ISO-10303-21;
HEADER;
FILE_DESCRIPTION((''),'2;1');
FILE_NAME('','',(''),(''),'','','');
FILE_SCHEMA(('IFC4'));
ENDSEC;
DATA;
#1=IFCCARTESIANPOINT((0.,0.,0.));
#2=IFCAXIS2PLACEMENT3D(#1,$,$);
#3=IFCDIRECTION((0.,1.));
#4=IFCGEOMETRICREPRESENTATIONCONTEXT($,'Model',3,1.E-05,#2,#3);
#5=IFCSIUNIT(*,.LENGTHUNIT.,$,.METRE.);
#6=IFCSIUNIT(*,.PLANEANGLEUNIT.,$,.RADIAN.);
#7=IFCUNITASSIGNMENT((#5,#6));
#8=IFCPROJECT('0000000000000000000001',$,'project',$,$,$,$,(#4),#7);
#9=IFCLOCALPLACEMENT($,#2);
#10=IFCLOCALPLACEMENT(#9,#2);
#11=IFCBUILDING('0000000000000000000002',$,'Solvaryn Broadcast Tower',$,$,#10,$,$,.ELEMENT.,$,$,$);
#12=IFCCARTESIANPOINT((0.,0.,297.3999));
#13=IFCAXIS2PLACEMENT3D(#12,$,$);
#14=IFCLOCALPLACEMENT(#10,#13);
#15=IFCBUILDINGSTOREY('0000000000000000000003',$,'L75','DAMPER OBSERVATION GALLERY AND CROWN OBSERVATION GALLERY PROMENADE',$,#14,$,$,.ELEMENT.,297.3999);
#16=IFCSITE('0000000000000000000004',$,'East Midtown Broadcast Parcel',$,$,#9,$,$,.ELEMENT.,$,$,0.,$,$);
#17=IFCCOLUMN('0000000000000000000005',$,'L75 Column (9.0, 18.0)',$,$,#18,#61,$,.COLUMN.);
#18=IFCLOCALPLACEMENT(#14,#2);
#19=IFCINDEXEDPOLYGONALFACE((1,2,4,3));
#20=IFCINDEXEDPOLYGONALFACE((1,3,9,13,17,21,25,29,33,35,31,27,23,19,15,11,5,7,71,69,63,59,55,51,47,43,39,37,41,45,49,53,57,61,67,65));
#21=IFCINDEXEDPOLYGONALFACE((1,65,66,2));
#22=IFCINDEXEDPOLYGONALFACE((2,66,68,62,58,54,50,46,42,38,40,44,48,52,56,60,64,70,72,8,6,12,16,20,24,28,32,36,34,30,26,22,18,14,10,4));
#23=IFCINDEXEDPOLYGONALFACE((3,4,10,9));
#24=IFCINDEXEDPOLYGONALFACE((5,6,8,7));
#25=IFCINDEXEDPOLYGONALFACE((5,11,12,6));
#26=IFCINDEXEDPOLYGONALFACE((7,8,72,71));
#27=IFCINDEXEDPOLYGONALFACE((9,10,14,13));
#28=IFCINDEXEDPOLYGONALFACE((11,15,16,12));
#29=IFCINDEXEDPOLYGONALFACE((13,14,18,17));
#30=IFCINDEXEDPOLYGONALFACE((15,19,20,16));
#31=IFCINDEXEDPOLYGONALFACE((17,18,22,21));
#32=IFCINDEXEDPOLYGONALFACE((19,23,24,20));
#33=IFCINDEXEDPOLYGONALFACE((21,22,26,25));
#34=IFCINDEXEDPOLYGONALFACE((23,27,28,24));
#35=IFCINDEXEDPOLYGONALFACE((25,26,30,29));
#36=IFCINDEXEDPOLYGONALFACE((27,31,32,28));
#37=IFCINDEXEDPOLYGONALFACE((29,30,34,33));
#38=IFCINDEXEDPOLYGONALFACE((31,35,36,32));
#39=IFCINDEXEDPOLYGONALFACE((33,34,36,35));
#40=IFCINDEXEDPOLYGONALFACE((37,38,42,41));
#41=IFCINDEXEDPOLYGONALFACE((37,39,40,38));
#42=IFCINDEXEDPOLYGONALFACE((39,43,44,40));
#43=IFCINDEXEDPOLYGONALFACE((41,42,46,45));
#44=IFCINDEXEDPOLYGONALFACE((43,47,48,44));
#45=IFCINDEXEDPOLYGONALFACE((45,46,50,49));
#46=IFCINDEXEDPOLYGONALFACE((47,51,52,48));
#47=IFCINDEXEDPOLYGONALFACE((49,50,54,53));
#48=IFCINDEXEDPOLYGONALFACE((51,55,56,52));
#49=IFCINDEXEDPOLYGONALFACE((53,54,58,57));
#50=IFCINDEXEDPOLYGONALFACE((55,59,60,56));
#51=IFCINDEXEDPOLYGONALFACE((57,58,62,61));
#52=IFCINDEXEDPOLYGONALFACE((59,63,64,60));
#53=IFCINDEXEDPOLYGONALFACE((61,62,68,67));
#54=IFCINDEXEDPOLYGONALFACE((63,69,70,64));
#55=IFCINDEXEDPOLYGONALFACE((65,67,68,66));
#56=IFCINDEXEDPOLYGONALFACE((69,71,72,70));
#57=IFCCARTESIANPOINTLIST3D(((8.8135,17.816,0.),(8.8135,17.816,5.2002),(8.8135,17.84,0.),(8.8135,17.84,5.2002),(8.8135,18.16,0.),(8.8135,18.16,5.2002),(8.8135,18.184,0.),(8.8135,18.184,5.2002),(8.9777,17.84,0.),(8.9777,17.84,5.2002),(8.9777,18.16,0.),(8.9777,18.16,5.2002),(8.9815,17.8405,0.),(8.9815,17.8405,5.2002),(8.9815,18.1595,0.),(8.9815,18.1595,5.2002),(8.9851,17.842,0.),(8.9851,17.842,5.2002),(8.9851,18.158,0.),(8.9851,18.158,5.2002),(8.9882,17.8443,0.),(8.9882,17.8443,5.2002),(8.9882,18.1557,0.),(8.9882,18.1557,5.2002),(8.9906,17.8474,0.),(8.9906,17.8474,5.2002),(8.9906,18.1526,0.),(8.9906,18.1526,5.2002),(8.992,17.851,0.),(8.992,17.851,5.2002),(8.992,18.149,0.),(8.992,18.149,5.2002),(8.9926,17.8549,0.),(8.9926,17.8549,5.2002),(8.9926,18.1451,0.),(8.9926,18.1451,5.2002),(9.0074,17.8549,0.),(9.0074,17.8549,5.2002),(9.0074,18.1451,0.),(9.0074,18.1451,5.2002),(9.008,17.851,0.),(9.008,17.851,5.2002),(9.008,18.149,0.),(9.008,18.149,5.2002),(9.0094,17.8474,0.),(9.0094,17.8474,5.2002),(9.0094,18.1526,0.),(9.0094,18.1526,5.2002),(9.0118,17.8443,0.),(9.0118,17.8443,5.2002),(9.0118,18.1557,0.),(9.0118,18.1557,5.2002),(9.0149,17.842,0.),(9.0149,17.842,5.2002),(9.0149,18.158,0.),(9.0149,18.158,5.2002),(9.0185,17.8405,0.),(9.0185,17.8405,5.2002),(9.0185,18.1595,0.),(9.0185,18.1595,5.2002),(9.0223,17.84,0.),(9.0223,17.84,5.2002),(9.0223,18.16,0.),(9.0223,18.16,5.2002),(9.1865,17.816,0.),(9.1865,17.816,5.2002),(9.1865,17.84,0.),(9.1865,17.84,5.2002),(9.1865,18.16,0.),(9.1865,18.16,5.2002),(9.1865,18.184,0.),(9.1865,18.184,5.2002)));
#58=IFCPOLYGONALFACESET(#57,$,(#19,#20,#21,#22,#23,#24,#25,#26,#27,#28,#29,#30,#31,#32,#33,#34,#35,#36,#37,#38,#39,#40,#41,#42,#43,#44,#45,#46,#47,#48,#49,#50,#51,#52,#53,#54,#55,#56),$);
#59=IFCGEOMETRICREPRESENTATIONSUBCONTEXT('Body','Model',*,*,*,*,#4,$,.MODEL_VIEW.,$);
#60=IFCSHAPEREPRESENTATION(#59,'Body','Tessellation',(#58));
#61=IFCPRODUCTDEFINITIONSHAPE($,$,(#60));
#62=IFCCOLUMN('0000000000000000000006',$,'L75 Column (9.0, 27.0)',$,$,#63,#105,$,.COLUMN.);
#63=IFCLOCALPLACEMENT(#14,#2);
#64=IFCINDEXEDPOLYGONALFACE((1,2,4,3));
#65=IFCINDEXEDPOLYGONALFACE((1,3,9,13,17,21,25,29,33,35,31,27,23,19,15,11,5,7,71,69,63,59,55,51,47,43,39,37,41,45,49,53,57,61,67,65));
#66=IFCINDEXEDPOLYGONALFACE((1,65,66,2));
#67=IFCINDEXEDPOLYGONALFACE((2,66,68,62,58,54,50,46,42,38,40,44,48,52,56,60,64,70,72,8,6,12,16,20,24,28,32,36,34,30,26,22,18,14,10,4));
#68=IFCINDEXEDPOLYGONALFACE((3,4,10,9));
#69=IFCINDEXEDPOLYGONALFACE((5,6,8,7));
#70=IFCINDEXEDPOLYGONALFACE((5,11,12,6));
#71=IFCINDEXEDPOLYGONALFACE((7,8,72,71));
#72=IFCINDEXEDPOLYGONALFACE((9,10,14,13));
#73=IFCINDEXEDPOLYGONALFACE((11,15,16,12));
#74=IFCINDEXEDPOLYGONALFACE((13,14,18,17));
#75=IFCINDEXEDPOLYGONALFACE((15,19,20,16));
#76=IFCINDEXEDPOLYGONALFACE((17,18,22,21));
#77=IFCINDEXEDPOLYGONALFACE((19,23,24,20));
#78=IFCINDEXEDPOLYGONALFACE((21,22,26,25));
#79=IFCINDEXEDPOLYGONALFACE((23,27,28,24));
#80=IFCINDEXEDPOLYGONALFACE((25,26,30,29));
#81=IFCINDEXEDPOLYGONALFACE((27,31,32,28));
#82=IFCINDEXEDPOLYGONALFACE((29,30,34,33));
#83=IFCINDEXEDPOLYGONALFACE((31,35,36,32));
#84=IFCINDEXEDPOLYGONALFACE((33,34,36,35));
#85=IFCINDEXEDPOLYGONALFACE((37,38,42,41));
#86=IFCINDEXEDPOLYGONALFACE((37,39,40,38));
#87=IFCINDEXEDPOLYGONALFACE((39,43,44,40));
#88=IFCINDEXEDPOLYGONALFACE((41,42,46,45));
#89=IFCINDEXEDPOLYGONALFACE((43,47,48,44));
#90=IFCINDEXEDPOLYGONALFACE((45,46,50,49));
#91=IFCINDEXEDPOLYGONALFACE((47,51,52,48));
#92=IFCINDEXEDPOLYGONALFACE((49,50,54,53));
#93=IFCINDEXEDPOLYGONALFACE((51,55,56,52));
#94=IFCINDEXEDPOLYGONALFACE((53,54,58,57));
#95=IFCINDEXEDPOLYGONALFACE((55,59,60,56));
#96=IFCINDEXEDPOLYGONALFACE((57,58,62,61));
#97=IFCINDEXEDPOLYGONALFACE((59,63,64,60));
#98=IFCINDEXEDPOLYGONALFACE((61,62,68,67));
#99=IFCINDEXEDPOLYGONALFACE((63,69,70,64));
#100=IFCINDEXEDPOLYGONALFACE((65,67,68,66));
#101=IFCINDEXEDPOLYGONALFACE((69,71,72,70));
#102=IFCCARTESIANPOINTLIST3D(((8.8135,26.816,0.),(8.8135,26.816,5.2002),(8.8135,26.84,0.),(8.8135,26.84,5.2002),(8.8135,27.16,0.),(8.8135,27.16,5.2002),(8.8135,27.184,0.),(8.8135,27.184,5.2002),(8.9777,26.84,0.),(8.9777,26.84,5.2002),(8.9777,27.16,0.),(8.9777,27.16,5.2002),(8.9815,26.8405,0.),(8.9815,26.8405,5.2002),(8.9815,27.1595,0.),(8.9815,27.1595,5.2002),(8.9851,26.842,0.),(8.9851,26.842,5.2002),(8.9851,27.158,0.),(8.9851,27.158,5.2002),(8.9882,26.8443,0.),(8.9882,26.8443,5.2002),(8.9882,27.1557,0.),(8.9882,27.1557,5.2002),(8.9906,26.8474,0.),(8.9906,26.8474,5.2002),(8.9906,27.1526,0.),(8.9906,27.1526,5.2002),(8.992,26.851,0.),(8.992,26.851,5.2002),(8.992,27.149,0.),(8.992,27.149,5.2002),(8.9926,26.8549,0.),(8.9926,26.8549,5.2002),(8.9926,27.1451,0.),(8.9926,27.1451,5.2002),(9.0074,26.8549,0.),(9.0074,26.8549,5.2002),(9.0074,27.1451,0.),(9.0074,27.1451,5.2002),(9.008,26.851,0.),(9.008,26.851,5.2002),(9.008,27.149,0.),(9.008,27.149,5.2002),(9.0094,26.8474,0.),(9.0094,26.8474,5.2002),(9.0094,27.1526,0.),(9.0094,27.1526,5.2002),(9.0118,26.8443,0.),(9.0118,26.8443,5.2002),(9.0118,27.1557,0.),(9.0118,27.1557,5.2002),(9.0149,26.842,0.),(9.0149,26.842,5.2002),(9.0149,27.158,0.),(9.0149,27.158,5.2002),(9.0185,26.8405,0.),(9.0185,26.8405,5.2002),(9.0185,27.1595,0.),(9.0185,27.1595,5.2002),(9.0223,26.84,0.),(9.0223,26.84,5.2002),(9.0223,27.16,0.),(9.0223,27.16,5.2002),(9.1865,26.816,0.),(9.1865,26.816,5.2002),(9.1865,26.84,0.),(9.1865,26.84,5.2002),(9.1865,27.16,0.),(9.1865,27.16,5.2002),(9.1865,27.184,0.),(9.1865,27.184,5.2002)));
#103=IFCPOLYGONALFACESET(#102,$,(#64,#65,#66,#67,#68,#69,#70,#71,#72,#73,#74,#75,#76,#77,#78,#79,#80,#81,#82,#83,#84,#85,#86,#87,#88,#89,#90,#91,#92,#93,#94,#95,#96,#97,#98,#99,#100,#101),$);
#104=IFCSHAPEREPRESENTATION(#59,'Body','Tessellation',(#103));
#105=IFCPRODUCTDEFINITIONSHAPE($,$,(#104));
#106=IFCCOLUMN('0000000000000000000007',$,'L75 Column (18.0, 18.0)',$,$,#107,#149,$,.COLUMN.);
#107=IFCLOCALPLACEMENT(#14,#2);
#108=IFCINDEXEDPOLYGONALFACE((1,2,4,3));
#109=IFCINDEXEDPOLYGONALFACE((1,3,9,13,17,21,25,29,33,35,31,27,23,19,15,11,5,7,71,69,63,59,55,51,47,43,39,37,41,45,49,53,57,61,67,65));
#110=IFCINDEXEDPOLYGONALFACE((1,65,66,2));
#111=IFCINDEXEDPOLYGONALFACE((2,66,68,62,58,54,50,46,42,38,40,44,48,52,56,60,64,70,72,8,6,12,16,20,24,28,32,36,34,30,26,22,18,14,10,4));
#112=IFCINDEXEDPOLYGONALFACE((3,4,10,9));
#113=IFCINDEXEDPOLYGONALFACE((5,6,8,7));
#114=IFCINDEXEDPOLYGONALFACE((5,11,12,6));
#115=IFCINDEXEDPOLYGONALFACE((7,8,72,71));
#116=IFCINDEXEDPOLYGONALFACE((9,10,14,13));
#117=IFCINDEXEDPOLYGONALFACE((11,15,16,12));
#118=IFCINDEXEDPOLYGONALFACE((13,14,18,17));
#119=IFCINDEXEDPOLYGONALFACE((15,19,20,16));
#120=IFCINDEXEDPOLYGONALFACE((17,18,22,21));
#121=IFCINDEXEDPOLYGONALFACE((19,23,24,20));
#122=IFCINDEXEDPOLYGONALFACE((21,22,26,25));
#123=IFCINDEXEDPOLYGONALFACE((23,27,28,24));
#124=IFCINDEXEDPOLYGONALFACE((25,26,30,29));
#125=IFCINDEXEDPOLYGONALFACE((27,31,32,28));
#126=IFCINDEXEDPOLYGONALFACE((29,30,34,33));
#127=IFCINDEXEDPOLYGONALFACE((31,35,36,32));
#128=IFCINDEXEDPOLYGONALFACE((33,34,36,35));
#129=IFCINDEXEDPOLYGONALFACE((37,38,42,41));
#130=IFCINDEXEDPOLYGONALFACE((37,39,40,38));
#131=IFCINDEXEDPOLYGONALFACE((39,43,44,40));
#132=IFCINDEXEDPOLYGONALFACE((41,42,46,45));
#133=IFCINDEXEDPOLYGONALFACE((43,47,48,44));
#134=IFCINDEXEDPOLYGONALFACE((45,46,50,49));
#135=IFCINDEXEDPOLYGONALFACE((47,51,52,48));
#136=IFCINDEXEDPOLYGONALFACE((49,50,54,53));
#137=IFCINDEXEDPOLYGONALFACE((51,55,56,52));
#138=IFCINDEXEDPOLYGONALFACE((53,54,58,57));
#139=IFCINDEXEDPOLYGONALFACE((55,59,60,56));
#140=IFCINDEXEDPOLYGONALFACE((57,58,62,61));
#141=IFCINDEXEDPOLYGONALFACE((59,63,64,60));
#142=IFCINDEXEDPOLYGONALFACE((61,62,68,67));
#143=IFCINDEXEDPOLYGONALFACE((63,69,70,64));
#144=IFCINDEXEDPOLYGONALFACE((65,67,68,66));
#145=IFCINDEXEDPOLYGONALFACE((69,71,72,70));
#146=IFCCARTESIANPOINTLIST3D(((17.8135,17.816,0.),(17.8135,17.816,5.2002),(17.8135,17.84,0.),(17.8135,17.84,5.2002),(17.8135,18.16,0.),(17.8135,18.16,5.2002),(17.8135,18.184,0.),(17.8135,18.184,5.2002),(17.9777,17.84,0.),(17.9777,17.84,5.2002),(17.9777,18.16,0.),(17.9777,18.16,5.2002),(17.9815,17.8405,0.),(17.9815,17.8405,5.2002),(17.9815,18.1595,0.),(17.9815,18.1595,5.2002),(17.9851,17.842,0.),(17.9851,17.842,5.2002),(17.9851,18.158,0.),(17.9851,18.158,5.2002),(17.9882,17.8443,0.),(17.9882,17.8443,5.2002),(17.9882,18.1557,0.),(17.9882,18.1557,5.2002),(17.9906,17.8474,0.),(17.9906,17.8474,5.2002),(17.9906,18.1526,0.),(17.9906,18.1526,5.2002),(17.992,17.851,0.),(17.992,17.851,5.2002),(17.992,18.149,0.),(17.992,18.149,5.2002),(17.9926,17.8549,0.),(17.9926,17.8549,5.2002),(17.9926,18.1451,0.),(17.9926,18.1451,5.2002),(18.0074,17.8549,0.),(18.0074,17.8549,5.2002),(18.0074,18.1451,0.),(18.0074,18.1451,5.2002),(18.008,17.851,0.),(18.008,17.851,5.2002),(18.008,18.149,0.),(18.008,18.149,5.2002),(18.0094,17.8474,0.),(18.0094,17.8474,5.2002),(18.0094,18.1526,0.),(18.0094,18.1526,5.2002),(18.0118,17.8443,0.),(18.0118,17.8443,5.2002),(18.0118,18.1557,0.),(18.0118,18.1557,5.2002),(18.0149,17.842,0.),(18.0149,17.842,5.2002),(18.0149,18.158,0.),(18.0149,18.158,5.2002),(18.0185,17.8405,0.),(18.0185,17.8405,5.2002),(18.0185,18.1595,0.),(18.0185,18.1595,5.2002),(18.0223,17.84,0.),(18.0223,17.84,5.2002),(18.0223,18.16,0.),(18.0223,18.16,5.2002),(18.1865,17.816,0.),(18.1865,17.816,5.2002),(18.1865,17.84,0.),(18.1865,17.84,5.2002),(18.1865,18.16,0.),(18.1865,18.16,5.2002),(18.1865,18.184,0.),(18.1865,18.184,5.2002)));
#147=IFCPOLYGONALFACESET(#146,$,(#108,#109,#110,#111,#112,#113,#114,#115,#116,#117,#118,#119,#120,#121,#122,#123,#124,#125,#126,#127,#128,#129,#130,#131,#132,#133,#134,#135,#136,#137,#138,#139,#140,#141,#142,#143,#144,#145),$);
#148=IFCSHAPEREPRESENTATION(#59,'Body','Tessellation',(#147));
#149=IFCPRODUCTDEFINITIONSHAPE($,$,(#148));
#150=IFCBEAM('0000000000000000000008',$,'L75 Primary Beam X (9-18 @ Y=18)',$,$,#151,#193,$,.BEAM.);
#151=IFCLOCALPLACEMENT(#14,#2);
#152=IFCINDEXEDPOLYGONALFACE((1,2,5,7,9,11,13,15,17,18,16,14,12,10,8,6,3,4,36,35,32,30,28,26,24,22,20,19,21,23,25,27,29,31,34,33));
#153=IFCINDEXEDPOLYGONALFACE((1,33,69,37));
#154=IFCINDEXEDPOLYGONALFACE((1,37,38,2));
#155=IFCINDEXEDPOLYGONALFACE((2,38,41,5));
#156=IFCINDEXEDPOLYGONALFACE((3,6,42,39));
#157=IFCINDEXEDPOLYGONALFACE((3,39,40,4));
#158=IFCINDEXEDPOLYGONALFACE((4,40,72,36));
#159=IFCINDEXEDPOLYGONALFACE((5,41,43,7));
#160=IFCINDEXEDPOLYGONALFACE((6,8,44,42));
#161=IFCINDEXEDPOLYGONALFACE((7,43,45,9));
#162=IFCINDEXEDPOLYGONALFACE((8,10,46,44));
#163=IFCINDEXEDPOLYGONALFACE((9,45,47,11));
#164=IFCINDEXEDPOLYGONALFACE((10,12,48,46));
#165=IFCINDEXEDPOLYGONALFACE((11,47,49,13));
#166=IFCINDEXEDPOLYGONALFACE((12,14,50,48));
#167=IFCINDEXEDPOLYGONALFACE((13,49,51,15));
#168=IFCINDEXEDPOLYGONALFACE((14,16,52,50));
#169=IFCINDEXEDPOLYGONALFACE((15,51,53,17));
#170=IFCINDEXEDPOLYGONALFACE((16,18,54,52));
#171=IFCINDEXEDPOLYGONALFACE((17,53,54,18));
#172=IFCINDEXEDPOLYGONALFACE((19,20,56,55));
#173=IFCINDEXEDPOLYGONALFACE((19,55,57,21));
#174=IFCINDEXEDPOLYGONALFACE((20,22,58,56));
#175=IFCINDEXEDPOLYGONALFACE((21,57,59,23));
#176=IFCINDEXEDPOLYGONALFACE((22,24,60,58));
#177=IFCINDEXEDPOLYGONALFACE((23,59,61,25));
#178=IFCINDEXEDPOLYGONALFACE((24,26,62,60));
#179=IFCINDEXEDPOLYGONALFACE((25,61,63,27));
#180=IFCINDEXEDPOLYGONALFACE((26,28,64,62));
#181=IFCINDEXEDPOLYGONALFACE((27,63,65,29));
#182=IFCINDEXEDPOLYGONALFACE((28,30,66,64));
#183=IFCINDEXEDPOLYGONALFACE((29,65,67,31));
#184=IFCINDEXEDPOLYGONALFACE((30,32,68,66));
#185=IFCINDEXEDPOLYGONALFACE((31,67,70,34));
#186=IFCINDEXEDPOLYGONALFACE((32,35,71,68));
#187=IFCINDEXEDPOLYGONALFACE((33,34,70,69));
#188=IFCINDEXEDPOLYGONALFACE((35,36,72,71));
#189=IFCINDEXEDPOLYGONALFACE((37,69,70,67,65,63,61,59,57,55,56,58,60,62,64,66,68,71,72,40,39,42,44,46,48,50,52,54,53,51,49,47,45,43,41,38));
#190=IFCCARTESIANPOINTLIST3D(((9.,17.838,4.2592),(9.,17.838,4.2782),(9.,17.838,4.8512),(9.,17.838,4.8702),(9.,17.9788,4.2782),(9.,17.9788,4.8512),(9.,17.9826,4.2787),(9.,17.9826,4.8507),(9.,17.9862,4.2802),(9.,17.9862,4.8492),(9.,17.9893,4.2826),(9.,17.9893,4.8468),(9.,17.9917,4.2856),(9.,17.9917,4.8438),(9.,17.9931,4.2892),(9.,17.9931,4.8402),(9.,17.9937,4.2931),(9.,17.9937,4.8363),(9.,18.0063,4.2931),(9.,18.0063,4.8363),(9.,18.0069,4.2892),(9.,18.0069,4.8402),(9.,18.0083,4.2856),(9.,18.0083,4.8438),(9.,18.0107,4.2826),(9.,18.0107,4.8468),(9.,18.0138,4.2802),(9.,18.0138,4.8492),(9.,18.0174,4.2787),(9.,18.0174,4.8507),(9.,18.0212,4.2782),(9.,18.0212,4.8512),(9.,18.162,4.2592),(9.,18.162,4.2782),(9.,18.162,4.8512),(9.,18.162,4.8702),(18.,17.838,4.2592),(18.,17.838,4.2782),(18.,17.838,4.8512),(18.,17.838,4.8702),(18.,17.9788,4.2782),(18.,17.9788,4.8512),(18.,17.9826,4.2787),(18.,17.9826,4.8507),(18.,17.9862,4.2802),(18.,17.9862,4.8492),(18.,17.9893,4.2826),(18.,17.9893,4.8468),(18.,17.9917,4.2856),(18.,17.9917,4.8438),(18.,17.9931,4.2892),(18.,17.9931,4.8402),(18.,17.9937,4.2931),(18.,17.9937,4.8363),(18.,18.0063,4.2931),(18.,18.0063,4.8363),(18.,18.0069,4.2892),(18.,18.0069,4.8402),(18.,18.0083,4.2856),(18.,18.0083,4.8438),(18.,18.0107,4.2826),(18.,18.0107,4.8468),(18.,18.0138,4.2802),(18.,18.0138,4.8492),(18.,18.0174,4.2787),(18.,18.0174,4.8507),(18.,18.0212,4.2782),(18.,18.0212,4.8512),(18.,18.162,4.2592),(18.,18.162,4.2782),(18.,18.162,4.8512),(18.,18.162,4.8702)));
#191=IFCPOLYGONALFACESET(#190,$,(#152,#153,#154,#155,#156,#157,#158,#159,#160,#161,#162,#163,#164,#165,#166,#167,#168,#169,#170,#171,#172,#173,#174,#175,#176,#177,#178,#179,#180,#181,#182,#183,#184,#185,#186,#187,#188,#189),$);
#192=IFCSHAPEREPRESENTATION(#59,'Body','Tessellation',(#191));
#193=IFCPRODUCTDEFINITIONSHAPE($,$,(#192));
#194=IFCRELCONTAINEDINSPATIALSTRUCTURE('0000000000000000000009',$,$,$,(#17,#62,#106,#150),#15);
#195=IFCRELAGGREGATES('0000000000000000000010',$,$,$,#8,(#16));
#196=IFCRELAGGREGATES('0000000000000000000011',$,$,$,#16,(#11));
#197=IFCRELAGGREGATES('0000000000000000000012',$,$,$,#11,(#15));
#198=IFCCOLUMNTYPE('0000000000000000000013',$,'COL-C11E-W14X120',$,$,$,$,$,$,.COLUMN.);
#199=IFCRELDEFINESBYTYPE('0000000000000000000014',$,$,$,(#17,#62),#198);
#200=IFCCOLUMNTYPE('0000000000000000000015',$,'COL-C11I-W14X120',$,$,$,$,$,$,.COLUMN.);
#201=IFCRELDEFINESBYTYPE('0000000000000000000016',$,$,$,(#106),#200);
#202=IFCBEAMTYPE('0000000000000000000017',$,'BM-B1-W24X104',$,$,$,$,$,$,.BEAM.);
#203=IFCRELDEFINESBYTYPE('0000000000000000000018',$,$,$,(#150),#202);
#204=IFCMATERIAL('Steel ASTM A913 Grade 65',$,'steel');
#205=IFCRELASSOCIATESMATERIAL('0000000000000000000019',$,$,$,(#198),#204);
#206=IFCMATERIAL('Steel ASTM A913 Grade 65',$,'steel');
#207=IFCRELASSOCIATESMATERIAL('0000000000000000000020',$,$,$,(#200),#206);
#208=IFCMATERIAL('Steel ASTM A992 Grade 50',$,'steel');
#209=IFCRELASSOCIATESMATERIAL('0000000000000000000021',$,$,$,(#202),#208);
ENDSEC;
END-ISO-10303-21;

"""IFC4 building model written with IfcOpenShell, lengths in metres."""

from ifc_helpers import new_model, si_unit, direction, frame, origin, origin_2d, place, context, subcontext, project, spatial, i_section, extrude, material, material_profile, profile_set, type_object, element, save


model = new_model("IFC4")

# Units and contexts
model_context = context("Model", 3, precision=1e-05, world=origin(), true_north=direction((0.0, 1.0)))
body_context = subcontext(model_context, "Body", "Model", "MODEL_VIEW")
ifc_project = project(units=[si_unit("LENGTHUNIT", "METRE"), si_unit("PLANEANGLEUNIT", "RADIAN")], contexts=[model_context])

# Site, building, storey
site_placement = place(None, origin())
site = spatial("IfcSite", under=ifc_project, at=site_placement, Name="East Midtown Broadcast Parcel", CompositionType="ELEMENT", RefElevation=0.0)
building_placement = place(site_placement, origin())
building = spatial("IfcBuilding", under=site, at=building_placement, Name="Solvaryn Broadcast Tower", CompositionType="ELEMENT")
storey_placement = place(building_placement, frame((0.0, 0.0, 297.3999)))
storey = spatial("IfcBuildingStorey", under=building, at=storey_placement, Name="L75", Description="DAMPER OBSERVATION GALLERY AND CROWN OBSERVATION GALLERY PROMENADE", CompositionType="ELEMENT", Elevation=297.3999)

# Columns
ifc_material_1 = material(Name="Steel ASTM A913 Grade 65", Category="steel")
ifc_material_profile_1 = material_profile(ifc_material_1, i_section(OverallWidth=0.373, OverallDepth=0.3679, WebThickness=0.0149, FlangeThickness=0.0239, FilletRadius=0.0149, at=origin_2d()))
ifc_profile_set_1 = profile_set([ifc_material_profile_1], Name="Steel ASTM A913 Grade 65")
column_type_1 = type_object("IfcColumnType", Name="COL-C11E-W14X120", PredefinedType="COLUMN", material=ifc_profile_set_1)
for number, where, z_axis, x_axis, name in (
    (1, (9.0, 18.0, 0.0), (0.0, 0.0, 1.0), (1.0, 0.0, 0.0), "L75 Column (9.0, 18.0)"),
    (2, (9.0, 27.0, 0.0), (0.0, 0.0, 1.0), (1.0, 0.0, 0.0), "L75 Column (9.0, 27.0)"),
):
    element("IfcColumn", number, at=place(storey_placement, frame(where, z_axis=z_axis, x_axis=x_axis)), inside=storey, type_object=column_type_1, Name=name, PredefinedType="COLUMN", context=body_context, shape_type="SweptSolid", body=[
        extrude(i_section(OverallWidth=0.373, OverallDepth=0.3679, WebThickness=0.0149, FlangeThickness=0.0239, FilletRadius=0.0149, at=origin_2d()), origin(), (0.0, 0.0, 1.0), 5.2002),
    ])
ifc_material_2 = material(Name="Steel ASTM A913 Grade 65", Category="steel")
ifc_material_profile_2 = material_profile(ifc_material_2, i_section(OverallWidth=0.373, OverallDepth=0.3679, WebThickness=0.0149, FlangeThickness=0.0239, FilletRadius=0.0149, at=origin_2d()))
ifc_profile_set_2 = profile_set([ifc_material_profile_2], Name="Steel ASTM A913 Grade 65")
column_type_2 = type_object("IfcColumnType", Name="COL-C11I-W14X120", PredefinedType="COLUMN", material=ifc_profile_set_2)
column_placement = place(storey_placement, frame((18.0, 18.0, 0.0), z_axis=(0.0, 0.0, 1.0), x_axis=(1.0, 0.0, 0.0)))
element("IfcColumn", 3, at=column_placement, inside=storey, type_object=column_type_2, Name="L75 Column (18.0, 18.0)", PredefinedType="COLUMN", context=body_context, shape_type="SweptSolid", body=[
    extrude(i_section(OverallWidth=0.373, OverallDepth=0.3679, WebThickness=0.0149, FlangeThickness=0.0239, FilletRadius=0.0149, at=origin_2d()), origin(), (0.0, 0.0, 1.0), 5.2002),
])

# Beam
ifc_material_3 = material(Name="Steel ASTM A992 Grade 50", Category="steel")
ifc_material_profile_3 = material_profile(ifc_material_3, i_section(OverallWidth=0.324, OverallDepth=0.6111, WebThickness=0.0127, FlangeThickness=0.019, FilletRadius=0.0149, at=origin_2d()))
ifc_profile_set_3 = profile_set([ifc_material_profile_3], Name="Steel ASTM A992 Grade 50")
beam_type_1 = type_object("IfcBeamType", Name="BM-B1-W24X104", PredefinedType="BEAM", material=ifc_profile_set_3)
for number, where, z_axis, x_axis, name in (
    (4, (9.0, 18.0, 4.5647), (1.0, 0.0, 0.0), (0.0, 1.0, 0.0), "L75 Primary Beam X (9-18 @ Y=18)"),
):
    element("IfcBeam", number, at=place(storey_placement, frame(where, z_axis=z_axis, x_axis=x_axis)), inside=storey, type_object=beam_type_1, Name=name, PredefinedType="BEAM", context=body_context, shape_type="SweptSolid", body=[
        extrude(i_section(OverallWidth=0.324, OverallDepth=0.6111, WebThickness=0.0127, FlangeThickness=0.019, FilletRadius=0.0149, at=origin_2d()), origin(), (0.0, 0.0, 1.0), 9.0),
    ])

save(model, "model.ifc")
